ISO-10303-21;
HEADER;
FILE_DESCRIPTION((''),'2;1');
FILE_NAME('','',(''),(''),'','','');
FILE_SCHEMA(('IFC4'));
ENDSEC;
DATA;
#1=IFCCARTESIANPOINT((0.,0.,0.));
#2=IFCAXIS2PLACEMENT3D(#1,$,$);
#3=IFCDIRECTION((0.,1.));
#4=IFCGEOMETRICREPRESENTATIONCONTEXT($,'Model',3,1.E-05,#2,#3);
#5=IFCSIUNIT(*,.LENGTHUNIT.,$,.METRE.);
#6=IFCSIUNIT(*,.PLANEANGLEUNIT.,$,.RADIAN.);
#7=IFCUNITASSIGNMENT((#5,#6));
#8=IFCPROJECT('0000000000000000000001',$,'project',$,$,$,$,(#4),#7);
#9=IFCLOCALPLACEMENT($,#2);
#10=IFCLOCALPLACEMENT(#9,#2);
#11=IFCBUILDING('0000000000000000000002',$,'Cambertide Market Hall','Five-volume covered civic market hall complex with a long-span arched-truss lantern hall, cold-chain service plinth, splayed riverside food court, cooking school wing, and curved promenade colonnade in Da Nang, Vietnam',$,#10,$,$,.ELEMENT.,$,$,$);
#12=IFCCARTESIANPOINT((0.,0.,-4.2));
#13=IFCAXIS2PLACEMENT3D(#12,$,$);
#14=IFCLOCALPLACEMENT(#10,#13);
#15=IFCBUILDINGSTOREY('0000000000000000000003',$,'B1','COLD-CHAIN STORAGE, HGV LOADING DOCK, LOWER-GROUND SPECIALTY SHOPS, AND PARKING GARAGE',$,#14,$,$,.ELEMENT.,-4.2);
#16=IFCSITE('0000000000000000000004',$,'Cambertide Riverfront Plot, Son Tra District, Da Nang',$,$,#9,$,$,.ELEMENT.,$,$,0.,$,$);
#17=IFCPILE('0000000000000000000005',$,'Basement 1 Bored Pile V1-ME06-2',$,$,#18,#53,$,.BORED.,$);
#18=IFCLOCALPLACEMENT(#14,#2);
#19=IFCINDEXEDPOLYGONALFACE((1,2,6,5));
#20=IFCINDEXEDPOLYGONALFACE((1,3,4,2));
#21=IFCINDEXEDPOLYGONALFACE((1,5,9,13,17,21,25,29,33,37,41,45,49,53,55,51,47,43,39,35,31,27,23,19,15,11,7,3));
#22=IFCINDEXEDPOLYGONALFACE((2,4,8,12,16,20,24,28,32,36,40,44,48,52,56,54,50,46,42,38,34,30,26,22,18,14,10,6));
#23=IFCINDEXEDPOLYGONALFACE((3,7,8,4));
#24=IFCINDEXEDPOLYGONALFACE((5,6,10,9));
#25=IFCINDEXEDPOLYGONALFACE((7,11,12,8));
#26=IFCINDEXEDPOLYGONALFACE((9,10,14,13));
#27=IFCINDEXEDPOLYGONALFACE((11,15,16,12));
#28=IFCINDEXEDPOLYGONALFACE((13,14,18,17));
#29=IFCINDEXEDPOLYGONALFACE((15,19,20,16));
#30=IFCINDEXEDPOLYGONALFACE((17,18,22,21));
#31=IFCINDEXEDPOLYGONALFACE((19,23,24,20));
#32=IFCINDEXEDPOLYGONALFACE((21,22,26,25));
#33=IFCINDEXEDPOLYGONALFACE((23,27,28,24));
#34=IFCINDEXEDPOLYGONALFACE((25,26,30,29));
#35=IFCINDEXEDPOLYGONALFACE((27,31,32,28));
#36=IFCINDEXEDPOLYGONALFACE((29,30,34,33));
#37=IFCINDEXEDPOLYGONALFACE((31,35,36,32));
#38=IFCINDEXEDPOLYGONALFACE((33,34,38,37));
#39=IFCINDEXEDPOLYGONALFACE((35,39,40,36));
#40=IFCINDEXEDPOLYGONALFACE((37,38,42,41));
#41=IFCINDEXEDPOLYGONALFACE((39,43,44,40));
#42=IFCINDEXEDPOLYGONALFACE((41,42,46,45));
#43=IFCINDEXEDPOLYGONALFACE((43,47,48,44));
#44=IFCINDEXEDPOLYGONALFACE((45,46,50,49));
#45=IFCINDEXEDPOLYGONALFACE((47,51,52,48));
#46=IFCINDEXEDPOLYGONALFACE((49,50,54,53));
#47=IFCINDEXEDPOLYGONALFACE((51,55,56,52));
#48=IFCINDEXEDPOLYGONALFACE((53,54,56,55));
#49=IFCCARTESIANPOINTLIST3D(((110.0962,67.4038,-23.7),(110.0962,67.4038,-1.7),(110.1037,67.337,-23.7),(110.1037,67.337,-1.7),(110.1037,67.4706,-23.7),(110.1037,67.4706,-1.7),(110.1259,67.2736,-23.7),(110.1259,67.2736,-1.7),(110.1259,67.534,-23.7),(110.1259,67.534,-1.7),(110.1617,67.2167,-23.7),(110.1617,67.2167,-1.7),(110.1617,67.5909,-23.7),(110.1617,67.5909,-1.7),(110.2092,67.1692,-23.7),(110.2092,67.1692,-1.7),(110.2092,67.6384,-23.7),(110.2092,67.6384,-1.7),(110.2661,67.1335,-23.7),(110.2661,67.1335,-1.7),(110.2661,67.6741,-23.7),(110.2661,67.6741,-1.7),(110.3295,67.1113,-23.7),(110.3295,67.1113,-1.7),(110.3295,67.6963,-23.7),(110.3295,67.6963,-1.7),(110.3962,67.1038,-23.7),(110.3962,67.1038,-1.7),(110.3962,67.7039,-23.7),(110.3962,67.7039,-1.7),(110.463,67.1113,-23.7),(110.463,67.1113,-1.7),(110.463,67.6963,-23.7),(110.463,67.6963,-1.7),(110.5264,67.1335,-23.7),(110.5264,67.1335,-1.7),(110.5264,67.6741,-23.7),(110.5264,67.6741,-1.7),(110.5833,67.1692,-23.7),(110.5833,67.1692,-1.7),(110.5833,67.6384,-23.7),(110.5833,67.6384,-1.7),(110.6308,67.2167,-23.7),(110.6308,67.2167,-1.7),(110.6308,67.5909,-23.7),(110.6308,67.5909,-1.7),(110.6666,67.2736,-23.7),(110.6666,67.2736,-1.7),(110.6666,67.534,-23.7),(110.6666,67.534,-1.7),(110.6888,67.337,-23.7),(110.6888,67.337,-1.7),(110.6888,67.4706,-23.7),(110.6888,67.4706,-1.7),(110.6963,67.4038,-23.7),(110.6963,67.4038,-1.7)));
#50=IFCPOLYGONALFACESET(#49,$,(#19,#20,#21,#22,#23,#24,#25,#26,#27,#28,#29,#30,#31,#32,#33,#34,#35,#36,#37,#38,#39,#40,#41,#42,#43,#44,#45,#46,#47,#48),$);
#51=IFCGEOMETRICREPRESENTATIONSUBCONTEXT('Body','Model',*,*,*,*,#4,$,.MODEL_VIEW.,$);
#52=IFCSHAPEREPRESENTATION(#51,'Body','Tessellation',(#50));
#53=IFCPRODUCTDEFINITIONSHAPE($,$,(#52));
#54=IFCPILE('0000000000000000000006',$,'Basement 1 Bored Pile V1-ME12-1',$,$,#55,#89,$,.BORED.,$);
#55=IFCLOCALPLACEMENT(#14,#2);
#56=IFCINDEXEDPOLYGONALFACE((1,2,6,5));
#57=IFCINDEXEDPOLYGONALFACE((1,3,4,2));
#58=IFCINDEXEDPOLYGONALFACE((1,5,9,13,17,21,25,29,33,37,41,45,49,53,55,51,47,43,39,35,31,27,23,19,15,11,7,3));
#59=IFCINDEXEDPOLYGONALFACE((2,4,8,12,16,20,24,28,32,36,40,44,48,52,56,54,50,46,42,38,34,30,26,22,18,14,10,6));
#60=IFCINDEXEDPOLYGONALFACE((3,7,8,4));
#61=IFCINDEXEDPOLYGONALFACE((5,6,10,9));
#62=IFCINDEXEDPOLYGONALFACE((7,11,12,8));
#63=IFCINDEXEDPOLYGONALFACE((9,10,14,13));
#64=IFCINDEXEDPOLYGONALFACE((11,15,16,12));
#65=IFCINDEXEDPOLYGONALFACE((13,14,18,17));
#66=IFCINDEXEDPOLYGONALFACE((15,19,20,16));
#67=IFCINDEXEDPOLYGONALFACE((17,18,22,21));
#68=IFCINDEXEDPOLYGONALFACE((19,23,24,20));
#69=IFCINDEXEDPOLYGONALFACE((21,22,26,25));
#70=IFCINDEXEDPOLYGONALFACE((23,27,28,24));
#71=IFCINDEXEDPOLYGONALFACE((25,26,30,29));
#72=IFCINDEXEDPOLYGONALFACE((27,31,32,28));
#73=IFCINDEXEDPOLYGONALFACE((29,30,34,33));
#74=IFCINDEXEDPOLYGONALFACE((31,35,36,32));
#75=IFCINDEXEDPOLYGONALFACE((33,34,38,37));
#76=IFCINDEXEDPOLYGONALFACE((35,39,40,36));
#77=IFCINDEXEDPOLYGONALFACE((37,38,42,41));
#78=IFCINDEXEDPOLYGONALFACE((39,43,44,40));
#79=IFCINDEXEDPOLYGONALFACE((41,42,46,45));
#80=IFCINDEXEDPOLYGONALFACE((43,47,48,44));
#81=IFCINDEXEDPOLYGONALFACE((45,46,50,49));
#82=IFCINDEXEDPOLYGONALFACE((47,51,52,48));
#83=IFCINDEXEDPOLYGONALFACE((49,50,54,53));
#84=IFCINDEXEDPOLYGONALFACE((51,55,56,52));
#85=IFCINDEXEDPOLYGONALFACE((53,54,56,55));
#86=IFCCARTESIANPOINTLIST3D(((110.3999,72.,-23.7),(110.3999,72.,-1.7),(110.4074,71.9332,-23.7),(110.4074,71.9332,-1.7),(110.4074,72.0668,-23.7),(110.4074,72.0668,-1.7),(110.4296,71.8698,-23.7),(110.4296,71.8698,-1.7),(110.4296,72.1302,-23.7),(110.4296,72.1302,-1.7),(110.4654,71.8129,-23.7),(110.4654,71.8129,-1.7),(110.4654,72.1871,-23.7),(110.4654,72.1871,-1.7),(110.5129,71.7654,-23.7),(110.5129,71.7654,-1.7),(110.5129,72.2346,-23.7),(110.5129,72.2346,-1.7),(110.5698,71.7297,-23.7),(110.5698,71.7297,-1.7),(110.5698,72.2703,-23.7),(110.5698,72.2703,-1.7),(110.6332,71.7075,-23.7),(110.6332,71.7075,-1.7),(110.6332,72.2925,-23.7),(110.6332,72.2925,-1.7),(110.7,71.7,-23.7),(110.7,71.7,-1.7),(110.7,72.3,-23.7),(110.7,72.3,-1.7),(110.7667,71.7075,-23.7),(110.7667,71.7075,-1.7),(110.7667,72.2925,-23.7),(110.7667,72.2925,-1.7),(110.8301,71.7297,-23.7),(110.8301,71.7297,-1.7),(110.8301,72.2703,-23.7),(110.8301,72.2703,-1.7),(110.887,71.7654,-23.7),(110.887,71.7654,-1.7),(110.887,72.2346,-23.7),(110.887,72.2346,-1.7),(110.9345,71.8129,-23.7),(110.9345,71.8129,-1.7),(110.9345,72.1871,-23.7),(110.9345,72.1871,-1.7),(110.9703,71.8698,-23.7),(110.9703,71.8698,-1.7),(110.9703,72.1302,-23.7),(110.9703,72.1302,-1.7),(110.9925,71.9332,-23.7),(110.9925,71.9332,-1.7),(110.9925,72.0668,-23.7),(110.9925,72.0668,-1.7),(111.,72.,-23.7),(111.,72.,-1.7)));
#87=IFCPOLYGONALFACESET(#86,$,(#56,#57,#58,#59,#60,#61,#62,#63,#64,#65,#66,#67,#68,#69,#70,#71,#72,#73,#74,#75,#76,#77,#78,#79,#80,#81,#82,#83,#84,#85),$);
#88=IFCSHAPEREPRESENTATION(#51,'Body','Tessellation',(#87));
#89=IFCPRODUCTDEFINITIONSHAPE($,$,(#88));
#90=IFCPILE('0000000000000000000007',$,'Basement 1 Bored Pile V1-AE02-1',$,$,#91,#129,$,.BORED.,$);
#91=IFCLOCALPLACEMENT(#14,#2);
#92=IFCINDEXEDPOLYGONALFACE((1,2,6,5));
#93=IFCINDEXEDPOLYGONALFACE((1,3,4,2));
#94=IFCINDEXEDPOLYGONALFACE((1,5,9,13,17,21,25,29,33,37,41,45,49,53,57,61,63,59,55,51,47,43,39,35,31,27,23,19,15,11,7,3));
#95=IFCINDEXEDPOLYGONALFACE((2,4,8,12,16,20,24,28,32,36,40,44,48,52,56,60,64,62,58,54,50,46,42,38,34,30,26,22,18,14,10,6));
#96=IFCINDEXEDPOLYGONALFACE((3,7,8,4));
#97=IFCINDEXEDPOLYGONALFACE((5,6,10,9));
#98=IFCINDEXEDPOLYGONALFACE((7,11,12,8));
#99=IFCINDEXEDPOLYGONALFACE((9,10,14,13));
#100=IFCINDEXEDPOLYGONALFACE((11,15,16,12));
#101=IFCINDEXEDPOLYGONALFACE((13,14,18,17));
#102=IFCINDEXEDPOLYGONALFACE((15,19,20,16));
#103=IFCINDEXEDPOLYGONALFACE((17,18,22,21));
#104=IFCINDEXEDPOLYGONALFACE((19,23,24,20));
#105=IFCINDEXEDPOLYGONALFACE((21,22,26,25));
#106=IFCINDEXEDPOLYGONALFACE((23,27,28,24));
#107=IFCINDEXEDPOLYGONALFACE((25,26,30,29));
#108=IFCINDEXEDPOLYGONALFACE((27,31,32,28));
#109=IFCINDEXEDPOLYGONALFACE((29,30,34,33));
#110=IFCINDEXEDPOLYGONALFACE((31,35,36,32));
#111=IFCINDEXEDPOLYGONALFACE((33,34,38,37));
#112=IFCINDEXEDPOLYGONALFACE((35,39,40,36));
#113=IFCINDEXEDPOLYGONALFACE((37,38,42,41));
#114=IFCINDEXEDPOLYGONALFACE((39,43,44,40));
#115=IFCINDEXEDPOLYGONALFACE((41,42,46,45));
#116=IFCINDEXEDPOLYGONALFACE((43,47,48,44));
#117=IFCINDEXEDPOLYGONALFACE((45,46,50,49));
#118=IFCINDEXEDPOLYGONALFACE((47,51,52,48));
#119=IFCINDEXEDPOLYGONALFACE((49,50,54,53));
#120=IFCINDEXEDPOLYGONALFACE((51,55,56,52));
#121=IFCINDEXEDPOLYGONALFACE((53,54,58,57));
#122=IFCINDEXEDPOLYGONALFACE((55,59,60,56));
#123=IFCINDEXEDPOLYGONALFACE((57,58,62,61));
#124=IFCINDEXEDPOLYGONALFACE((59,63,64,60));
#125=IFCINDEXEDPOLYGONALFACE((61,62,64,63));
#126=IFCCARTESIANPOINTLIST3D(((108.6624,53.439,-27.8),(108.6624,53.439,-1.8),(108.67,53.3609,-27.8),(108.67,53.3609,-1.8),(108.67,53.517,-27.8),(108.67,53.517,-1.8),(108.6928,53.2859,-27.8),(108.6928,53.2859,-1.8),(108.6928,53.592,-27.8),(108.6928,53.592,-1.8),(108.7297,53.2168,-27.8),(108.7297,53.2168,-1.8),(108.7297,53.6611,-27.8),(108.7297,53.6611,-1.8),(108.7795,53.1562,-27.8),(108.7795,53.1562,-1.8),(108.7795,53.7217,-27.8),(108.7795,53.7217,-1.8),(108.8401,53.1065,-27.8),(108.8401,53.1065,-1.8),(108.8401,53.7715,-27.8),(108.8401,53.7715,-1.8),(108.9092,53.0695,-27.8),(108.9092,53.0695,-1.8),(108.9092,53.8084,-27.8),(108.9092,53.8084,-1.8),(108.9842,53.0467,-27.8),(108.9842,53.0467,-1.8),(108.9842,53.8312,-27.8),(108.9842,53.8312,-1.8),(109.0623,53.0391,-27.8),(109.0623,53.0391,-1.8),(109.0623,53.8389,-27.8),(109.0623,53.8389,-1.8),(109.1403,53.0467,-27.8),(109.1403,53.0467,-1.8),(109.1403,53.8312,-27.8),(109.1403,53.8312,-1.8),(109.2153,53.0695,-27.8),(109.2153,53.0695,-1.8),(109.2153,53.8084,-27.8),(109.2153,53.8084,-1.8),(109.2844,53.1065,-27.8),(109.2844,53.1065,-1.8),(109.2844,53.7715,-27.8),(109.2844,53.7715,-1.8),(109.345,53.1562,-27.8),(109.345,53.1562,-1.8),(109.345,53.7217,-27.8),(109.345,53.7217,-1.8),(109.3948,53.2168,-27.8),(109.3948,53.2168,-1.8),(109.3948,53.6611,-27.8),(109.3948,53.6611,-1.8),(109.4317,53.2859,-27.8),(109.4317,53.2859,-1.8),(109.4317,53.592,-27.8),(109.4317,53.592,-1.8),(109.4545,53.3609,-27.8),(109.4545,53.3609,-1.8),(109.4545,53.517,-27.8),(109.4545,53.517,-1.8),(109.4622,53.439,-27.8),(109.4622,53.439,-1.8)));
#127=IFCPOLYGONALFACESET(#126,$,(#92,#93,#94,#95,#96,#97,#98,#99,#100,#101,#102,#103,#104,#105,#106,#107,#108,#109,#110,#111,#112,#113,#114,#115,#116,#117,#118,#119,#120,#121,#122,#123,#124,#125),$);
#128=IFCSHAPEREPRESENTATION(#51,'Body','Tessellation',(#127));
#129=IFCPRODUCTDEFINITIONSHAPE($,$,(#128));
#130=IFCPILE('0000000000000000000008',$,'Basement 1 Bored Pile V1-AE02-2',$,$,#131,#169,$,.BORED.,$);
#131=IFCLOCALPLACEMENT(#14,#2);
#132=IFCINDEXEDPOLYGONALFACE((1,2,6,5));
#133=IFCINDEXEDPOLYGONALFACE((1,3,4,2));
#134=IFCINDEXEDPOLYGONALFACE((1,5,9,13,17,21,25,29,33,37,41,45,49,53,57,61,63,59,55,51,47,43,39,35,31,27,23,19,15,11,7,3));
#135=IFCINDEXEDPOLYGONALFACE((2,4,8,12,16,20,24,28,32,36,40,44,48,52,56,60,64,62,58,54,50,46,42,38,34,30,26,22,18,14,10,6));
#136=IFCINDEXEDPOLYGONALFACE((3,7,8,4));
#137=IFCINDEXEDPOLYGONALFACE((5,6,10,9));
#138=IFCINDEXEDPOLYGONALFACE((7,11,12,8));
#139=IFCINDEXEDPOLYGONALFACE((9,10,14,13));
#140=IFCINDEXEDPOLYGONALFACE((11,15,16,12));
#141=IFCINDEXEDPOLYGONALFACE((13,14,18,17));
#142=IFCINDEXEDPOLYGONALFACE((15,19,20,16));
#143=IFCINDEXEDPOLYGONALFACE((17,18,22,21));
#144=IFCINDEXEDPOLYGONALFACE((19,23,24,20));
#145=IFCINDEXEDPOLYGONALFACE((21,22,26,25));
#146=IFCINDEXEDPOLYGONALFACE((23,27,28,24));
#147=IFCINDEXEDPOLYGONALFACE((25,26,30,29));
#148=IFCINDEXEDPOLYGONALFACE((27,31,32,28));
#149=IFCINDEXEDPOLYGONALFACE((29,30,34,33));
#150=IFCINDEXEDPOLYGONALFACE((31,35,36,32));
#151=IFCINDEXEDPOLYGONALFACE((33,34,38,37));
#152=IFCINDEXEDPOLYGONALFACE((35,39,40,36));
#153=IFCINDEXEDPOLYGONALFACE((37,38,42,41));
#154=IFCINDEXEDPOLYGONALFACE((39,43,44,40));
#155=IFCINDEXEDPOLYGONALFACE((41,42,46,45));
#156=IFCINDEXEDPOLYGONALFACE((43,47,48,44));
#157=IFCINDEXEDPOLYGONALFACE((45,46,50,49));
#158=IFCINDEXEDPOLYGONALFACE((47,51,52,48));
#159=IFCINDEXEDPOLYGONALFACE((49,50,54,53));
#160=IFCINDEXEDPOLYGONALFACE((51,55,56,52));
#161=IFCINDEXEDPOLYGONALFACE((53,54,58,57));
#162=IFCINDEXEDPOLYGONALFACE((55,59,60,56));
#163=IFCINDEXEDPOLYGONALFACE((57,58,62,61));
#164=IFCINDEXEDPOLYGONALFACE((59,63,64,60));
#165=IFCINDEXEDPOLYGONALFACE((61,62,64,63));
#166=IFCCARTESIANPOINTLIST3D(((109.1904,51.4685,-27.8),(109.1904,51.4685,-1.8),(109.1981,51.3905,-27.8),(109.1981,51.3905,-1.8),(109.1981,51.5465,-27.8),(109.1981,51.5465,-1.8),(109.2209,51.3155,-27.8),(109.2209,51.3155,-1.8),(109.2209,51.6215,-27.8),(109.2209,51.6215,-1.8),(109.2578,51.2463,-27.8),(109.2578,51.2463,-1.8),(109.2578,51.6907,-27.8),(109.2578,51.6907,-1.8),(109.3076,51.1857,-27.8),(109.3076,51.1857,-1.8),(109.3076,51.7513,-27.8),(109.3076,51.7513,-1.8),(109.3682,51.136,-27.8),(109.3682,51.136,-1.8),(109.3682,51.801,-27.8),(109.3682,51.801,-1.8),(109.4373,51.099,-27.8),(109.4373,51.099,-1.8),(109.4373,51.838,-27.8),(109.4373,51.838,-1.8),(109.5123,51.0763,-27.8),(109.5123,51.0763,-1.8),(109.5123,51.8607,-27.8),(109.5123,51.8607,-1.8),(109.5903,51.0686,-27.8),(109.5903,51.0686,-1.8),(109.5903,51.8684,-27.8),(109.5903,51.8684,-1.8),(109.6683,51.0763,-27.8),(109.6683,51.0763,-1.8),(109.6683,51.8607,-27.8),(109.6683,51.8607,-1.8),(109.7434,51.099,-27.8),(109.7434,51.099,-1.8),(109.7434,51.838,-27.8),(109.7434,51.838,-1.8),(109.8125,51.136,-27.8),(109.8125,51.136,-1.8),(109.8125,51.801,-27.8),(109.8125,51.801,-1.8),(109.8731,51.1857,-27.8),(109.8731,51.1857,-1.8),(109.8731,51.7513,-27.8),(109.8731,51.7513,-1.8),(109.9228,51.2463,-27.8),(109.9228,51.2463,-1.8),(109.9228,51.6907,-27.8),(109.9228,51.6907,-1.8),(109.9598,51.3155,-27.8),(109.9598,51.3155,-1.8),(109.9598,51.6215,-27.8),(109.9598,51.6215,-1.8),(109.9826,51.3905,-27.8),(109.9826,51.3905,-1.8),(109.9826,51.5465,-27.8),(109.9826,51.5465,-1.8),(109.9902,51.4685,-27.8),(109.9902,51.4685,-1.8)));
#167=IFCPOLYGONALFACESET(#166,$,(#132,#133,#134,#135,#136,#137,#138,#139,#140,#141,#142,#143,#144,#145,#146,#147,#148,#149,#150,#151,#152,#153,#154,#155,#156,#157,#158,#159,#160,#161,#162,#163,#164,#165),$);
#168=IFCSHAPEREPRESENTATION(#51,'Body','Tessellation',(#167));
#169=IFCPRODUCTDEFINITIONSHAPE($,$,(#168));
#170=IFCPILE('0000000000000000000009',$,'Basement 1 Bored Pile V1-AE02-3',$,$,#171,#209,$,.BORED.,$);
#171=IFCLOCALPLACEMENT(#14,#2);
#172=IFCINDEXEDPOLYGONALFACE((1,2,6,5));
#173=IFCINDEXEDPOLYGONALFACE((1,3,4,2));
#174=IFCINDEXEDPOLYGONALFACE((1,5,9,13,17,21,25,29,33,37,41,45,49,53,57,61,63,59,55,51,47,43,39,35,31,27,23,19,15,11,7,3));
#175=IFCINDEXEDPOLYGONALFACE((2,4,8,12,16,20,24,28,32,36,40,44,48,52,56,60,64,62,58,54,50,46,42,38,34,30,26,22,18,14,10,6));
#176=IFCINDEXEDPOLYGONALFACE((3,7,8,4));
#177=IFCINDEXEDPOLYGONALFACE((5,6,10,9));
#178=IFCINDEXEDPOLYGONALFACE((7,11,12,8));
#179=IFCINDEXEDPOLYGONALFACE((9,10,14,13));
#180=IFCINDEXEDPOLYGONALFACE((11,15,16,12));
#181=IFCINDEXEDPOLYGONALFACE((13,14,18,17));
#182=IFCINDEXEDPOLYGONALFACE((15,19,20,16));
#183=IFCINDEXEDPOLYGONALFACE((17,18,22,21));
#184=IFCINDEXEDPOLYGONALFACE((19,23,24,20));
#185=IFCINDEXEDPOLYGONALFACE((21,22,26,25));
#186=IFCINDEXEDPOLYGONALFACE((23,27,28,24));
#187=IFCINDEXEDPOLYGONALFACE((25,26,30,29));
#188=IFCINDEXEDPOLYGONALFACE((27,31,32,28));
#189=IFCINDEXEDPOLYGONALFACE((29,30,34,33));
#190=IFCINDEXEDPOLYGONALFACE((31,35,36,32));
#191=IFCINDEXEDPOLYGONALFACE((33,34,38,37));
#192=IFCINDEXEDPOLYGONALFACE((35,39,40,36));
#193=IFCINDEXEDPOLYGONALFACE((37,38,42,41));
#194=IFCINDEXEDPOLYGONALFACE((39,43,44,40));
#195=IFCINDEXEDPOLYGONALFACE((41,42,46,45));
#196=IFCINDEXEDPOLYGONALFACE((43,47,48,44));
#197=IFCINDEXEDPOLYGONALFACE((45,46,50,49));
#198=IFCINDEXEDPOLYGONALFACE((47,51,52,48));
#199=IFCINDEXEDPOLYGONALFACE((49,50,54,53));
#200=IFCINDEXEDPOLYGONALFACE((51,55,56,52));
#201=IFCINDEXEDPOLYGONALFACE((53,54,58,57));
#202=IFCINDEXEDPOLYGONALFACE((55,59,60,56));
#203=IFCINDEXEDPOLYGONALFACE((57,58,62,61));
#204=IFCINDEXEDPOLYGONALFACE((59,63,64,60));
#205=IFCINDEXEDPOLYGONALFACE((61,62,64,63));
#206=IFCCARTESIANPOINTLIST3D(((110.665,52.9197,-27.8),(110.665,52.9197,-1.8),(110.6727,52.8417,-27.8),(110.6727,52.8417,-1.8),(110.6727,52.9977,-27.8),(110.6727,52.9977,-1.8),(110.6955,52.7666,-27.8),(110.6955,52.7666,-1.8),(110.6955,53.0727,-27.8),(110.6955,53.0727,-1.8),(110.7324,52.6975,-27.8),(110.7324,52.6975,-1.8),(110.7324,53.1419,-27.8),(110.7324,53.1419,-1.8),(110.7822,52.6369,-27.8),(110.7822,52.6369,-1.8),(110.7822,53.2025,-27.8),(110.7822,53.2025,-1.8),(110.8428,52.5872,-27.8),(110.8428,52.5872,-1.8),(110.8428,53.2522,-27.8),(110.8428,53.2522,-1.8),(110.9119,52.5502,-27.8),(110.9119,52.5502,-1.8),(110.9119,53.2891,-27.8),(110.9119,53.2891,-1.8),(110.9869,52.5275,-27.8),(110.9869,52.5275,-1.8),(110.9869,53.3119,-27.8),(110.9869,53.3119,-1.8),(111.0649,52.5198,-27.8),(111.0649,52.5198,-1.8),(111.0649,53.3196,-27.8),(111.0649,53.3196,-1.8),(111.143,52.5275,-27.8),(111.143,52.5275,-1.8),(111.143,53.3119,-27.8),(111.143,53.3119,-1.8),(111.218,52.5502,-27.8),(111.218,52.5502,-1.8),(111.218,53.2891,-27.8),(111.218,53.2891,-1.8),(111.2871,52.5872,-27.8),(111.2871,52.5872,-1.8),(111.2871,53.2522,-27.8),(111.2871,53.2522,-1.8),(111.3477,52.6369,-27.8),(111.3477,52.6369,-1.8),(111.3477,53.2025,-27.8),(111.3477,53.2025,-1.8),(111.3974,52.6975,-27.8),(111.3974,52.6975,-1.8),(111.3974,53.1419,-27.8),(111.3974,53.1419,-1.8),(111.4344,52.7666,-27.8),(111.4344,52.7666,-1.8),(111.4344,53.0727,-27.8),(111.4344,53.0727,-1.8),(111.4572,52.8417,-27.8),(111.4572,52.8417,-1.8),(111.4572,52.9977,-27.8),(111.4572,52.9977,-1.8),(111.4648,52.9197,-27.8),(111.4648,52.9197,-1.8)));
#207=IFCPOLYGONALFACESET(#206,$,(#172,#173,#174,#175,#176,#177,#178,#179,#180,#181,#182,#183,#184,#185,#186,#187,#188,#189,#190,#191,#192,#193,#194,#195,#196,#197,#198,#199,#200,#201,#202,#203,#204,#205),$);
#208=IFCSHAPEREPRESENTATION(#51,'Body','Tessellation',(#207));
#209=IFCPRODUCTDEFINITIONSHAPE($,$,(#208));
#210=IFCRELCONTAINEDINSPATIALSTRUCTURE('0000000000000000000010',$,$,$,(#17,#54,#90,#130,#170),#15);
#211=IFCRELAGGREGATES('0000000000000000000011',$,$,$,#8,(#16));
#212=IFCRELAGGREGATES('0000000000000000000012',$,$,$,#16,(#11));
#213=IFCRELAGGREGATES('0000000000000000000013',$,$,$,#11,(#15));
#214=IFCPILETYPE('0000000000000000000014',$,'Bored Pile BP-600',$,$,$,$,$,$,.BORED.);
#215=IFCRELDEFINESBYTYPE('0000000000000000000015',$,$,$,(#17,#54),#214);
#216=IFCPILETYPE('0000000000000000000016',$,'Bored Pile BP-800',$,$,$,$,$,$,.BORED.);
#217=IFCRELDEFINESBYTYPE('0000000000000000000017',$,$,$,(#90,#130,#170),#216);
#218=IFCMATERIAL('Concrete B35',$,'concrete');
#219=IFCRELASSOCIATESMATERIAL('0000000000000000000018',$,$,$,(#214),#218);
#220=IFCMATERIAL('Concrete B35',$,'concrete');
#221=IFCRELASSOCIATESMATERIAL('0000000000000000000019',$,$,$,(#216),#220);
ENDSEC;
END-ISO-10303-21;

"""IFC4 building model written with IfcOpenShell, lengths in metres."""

from ifc_helpers import new_model, si_unit, direction, frame, origin, origin_2d, place, context, subcontext, project, spatial, circle, extrude, material, material_profile, profile_set, type_object, element, save


model = new_model("IFC4")

# Units and contexts
model_context = context("Model", 3, precision=1e-05, world=origin(), true_north=direction((0.0, 1.0)))
body_context = subcontext(model_context, "Body", "Model", "MODEL_VIEW")
ifc_project = project(units=[si_unit("LENGTHUNIT", "METRE"), si_unit("PLANEANGLEUNIT", "RADIAN")], contexts=[model_context])

# Site, building, storey
site_placement = place(None, origin())
site = spatial("IfcSite", under=ifc_project, at=site_placement, Name="Cambertide Riverfront Plot, Son Tra District, Da Nang", CompositionType="ELEMENT", RefElevation=0.0)
building_placement = place(site_placement, origin())
building = spatial("IfcBuilding", under=site, at=building_placement, Name="Cambertide Market Hall", Description="Five-volume covered civic market hall complex with a long-span arched-truss lantern hall, cold-chain service plinth, splayed riverside food court, cooking school wing, and curved promenade colonnade in Da Nang, Vietnam", CompositionType="ELEMENT")
storey_placement = place(building_placement, frame((0.0, 0.0, -4.2)))
storey = spatial("IfcBuildingStorey", under=building, at=storey_placement, Name="B1", Description="COLD-CHAIN STORAGE, HGV LOADING DOCK, LOWER-GROUND SPECIALTY SHOPS, AND PARKING GARAGE", CompositionType="ELEMENT", Elevation=-4.2)

# Piles
ifc_material_1 = material(Name="Concrete B35", Category="concrete")
ifc_material_profile_1 = material_profile(ifc_material_1, circle(Radius=0.3, at=origin_2d()), Name="BP D600")
ifc_profile_set_1 = profile_set([ifc_material_profile_1], Name="Concrete B35")
pile_type_1 = type_object("IfcPileType", Name="Bored Pile BP-600", PredefinedType="BORED", material=ifc_profile_set_1)
for number, where, z_axis, x_axis, name in (
    (1, (110.3962, 67.4038, -1.7), (0.0, 0.0, -1.0), (1.0, 0.0, 0.0), "Basement 1 Bored Pile V1-ME06-2"),
    (2, (110.7, 72.0, -1.7), (0.0, 0.0, -1.0), (1.0, 0.0, 0.0), "Basement 1 Bored Pile V1-ME12-1"),
):
    element("IfcPile", number, at=place(storey_placement, frame(where, z_axis=z_axis, x_axis=x_axis)), inside=storey, type_object=pile_type_1, Name=name, PredefinedType="BORED", context=body_context, shape_type="SweptSolid", body=[
        extrude(circle(Radius=0.3, at=origin_2d()), origin(), (0.0, 0.0, 1.0), 22.0),
    ])
ifc_material_2 = material(Name="Concrete B35", Category="concrete")
ifc_material_profile_2 = material_profile(ifc_material_2, circle(Radius=0.3999, at=origin_2d()), Name="BP D800")
ifc_profile_set_2 = profile_set([ifc_material_profile_2], Name="Concrete B35")
pile_type_2 = type_object("IfcPileType", Name="Bored Pile BP-800", PredefinedType="BORED", material=ifc_profile_set_2)
for number, where, z_axis, x_axis, name in (
    (3, (109.0623, 53.439, -1.8), (0.0, 0.0, -1.0), (1.0, 0.0, 0.0), "Basement 1 Bored Pile V1-AE02-1"),
    (4, (109.5903, 51.4685, -1.8), (0.0, 0.0, -1.0), (1.0, 0.0, 0.0), "Basement 1 Bored Pile V1-AE02-2"),
    (5, (111.0649, 52.9197, -1.8), (0.0, 0.0, -1.0), (1.0, 0.0, 0.0), "Basement 1 Bored Pile V1-AE02-3"),
):
    element("IfcPile", number, at=place(storey_placement, frame(where, z_axis=z_axis, x_axis=x_axis)), inside=storey, type_object=pile_type_2, Name=name, PredefinedType="BORED", context=body_context, shape_type="SweptSolid", body=[
        extrude(circle(Radius=0.3999, at=origin_2d()), origin(), (0.0, 0.0, 1.0), 26.0),
    ])

save(model, "model.ifc")
